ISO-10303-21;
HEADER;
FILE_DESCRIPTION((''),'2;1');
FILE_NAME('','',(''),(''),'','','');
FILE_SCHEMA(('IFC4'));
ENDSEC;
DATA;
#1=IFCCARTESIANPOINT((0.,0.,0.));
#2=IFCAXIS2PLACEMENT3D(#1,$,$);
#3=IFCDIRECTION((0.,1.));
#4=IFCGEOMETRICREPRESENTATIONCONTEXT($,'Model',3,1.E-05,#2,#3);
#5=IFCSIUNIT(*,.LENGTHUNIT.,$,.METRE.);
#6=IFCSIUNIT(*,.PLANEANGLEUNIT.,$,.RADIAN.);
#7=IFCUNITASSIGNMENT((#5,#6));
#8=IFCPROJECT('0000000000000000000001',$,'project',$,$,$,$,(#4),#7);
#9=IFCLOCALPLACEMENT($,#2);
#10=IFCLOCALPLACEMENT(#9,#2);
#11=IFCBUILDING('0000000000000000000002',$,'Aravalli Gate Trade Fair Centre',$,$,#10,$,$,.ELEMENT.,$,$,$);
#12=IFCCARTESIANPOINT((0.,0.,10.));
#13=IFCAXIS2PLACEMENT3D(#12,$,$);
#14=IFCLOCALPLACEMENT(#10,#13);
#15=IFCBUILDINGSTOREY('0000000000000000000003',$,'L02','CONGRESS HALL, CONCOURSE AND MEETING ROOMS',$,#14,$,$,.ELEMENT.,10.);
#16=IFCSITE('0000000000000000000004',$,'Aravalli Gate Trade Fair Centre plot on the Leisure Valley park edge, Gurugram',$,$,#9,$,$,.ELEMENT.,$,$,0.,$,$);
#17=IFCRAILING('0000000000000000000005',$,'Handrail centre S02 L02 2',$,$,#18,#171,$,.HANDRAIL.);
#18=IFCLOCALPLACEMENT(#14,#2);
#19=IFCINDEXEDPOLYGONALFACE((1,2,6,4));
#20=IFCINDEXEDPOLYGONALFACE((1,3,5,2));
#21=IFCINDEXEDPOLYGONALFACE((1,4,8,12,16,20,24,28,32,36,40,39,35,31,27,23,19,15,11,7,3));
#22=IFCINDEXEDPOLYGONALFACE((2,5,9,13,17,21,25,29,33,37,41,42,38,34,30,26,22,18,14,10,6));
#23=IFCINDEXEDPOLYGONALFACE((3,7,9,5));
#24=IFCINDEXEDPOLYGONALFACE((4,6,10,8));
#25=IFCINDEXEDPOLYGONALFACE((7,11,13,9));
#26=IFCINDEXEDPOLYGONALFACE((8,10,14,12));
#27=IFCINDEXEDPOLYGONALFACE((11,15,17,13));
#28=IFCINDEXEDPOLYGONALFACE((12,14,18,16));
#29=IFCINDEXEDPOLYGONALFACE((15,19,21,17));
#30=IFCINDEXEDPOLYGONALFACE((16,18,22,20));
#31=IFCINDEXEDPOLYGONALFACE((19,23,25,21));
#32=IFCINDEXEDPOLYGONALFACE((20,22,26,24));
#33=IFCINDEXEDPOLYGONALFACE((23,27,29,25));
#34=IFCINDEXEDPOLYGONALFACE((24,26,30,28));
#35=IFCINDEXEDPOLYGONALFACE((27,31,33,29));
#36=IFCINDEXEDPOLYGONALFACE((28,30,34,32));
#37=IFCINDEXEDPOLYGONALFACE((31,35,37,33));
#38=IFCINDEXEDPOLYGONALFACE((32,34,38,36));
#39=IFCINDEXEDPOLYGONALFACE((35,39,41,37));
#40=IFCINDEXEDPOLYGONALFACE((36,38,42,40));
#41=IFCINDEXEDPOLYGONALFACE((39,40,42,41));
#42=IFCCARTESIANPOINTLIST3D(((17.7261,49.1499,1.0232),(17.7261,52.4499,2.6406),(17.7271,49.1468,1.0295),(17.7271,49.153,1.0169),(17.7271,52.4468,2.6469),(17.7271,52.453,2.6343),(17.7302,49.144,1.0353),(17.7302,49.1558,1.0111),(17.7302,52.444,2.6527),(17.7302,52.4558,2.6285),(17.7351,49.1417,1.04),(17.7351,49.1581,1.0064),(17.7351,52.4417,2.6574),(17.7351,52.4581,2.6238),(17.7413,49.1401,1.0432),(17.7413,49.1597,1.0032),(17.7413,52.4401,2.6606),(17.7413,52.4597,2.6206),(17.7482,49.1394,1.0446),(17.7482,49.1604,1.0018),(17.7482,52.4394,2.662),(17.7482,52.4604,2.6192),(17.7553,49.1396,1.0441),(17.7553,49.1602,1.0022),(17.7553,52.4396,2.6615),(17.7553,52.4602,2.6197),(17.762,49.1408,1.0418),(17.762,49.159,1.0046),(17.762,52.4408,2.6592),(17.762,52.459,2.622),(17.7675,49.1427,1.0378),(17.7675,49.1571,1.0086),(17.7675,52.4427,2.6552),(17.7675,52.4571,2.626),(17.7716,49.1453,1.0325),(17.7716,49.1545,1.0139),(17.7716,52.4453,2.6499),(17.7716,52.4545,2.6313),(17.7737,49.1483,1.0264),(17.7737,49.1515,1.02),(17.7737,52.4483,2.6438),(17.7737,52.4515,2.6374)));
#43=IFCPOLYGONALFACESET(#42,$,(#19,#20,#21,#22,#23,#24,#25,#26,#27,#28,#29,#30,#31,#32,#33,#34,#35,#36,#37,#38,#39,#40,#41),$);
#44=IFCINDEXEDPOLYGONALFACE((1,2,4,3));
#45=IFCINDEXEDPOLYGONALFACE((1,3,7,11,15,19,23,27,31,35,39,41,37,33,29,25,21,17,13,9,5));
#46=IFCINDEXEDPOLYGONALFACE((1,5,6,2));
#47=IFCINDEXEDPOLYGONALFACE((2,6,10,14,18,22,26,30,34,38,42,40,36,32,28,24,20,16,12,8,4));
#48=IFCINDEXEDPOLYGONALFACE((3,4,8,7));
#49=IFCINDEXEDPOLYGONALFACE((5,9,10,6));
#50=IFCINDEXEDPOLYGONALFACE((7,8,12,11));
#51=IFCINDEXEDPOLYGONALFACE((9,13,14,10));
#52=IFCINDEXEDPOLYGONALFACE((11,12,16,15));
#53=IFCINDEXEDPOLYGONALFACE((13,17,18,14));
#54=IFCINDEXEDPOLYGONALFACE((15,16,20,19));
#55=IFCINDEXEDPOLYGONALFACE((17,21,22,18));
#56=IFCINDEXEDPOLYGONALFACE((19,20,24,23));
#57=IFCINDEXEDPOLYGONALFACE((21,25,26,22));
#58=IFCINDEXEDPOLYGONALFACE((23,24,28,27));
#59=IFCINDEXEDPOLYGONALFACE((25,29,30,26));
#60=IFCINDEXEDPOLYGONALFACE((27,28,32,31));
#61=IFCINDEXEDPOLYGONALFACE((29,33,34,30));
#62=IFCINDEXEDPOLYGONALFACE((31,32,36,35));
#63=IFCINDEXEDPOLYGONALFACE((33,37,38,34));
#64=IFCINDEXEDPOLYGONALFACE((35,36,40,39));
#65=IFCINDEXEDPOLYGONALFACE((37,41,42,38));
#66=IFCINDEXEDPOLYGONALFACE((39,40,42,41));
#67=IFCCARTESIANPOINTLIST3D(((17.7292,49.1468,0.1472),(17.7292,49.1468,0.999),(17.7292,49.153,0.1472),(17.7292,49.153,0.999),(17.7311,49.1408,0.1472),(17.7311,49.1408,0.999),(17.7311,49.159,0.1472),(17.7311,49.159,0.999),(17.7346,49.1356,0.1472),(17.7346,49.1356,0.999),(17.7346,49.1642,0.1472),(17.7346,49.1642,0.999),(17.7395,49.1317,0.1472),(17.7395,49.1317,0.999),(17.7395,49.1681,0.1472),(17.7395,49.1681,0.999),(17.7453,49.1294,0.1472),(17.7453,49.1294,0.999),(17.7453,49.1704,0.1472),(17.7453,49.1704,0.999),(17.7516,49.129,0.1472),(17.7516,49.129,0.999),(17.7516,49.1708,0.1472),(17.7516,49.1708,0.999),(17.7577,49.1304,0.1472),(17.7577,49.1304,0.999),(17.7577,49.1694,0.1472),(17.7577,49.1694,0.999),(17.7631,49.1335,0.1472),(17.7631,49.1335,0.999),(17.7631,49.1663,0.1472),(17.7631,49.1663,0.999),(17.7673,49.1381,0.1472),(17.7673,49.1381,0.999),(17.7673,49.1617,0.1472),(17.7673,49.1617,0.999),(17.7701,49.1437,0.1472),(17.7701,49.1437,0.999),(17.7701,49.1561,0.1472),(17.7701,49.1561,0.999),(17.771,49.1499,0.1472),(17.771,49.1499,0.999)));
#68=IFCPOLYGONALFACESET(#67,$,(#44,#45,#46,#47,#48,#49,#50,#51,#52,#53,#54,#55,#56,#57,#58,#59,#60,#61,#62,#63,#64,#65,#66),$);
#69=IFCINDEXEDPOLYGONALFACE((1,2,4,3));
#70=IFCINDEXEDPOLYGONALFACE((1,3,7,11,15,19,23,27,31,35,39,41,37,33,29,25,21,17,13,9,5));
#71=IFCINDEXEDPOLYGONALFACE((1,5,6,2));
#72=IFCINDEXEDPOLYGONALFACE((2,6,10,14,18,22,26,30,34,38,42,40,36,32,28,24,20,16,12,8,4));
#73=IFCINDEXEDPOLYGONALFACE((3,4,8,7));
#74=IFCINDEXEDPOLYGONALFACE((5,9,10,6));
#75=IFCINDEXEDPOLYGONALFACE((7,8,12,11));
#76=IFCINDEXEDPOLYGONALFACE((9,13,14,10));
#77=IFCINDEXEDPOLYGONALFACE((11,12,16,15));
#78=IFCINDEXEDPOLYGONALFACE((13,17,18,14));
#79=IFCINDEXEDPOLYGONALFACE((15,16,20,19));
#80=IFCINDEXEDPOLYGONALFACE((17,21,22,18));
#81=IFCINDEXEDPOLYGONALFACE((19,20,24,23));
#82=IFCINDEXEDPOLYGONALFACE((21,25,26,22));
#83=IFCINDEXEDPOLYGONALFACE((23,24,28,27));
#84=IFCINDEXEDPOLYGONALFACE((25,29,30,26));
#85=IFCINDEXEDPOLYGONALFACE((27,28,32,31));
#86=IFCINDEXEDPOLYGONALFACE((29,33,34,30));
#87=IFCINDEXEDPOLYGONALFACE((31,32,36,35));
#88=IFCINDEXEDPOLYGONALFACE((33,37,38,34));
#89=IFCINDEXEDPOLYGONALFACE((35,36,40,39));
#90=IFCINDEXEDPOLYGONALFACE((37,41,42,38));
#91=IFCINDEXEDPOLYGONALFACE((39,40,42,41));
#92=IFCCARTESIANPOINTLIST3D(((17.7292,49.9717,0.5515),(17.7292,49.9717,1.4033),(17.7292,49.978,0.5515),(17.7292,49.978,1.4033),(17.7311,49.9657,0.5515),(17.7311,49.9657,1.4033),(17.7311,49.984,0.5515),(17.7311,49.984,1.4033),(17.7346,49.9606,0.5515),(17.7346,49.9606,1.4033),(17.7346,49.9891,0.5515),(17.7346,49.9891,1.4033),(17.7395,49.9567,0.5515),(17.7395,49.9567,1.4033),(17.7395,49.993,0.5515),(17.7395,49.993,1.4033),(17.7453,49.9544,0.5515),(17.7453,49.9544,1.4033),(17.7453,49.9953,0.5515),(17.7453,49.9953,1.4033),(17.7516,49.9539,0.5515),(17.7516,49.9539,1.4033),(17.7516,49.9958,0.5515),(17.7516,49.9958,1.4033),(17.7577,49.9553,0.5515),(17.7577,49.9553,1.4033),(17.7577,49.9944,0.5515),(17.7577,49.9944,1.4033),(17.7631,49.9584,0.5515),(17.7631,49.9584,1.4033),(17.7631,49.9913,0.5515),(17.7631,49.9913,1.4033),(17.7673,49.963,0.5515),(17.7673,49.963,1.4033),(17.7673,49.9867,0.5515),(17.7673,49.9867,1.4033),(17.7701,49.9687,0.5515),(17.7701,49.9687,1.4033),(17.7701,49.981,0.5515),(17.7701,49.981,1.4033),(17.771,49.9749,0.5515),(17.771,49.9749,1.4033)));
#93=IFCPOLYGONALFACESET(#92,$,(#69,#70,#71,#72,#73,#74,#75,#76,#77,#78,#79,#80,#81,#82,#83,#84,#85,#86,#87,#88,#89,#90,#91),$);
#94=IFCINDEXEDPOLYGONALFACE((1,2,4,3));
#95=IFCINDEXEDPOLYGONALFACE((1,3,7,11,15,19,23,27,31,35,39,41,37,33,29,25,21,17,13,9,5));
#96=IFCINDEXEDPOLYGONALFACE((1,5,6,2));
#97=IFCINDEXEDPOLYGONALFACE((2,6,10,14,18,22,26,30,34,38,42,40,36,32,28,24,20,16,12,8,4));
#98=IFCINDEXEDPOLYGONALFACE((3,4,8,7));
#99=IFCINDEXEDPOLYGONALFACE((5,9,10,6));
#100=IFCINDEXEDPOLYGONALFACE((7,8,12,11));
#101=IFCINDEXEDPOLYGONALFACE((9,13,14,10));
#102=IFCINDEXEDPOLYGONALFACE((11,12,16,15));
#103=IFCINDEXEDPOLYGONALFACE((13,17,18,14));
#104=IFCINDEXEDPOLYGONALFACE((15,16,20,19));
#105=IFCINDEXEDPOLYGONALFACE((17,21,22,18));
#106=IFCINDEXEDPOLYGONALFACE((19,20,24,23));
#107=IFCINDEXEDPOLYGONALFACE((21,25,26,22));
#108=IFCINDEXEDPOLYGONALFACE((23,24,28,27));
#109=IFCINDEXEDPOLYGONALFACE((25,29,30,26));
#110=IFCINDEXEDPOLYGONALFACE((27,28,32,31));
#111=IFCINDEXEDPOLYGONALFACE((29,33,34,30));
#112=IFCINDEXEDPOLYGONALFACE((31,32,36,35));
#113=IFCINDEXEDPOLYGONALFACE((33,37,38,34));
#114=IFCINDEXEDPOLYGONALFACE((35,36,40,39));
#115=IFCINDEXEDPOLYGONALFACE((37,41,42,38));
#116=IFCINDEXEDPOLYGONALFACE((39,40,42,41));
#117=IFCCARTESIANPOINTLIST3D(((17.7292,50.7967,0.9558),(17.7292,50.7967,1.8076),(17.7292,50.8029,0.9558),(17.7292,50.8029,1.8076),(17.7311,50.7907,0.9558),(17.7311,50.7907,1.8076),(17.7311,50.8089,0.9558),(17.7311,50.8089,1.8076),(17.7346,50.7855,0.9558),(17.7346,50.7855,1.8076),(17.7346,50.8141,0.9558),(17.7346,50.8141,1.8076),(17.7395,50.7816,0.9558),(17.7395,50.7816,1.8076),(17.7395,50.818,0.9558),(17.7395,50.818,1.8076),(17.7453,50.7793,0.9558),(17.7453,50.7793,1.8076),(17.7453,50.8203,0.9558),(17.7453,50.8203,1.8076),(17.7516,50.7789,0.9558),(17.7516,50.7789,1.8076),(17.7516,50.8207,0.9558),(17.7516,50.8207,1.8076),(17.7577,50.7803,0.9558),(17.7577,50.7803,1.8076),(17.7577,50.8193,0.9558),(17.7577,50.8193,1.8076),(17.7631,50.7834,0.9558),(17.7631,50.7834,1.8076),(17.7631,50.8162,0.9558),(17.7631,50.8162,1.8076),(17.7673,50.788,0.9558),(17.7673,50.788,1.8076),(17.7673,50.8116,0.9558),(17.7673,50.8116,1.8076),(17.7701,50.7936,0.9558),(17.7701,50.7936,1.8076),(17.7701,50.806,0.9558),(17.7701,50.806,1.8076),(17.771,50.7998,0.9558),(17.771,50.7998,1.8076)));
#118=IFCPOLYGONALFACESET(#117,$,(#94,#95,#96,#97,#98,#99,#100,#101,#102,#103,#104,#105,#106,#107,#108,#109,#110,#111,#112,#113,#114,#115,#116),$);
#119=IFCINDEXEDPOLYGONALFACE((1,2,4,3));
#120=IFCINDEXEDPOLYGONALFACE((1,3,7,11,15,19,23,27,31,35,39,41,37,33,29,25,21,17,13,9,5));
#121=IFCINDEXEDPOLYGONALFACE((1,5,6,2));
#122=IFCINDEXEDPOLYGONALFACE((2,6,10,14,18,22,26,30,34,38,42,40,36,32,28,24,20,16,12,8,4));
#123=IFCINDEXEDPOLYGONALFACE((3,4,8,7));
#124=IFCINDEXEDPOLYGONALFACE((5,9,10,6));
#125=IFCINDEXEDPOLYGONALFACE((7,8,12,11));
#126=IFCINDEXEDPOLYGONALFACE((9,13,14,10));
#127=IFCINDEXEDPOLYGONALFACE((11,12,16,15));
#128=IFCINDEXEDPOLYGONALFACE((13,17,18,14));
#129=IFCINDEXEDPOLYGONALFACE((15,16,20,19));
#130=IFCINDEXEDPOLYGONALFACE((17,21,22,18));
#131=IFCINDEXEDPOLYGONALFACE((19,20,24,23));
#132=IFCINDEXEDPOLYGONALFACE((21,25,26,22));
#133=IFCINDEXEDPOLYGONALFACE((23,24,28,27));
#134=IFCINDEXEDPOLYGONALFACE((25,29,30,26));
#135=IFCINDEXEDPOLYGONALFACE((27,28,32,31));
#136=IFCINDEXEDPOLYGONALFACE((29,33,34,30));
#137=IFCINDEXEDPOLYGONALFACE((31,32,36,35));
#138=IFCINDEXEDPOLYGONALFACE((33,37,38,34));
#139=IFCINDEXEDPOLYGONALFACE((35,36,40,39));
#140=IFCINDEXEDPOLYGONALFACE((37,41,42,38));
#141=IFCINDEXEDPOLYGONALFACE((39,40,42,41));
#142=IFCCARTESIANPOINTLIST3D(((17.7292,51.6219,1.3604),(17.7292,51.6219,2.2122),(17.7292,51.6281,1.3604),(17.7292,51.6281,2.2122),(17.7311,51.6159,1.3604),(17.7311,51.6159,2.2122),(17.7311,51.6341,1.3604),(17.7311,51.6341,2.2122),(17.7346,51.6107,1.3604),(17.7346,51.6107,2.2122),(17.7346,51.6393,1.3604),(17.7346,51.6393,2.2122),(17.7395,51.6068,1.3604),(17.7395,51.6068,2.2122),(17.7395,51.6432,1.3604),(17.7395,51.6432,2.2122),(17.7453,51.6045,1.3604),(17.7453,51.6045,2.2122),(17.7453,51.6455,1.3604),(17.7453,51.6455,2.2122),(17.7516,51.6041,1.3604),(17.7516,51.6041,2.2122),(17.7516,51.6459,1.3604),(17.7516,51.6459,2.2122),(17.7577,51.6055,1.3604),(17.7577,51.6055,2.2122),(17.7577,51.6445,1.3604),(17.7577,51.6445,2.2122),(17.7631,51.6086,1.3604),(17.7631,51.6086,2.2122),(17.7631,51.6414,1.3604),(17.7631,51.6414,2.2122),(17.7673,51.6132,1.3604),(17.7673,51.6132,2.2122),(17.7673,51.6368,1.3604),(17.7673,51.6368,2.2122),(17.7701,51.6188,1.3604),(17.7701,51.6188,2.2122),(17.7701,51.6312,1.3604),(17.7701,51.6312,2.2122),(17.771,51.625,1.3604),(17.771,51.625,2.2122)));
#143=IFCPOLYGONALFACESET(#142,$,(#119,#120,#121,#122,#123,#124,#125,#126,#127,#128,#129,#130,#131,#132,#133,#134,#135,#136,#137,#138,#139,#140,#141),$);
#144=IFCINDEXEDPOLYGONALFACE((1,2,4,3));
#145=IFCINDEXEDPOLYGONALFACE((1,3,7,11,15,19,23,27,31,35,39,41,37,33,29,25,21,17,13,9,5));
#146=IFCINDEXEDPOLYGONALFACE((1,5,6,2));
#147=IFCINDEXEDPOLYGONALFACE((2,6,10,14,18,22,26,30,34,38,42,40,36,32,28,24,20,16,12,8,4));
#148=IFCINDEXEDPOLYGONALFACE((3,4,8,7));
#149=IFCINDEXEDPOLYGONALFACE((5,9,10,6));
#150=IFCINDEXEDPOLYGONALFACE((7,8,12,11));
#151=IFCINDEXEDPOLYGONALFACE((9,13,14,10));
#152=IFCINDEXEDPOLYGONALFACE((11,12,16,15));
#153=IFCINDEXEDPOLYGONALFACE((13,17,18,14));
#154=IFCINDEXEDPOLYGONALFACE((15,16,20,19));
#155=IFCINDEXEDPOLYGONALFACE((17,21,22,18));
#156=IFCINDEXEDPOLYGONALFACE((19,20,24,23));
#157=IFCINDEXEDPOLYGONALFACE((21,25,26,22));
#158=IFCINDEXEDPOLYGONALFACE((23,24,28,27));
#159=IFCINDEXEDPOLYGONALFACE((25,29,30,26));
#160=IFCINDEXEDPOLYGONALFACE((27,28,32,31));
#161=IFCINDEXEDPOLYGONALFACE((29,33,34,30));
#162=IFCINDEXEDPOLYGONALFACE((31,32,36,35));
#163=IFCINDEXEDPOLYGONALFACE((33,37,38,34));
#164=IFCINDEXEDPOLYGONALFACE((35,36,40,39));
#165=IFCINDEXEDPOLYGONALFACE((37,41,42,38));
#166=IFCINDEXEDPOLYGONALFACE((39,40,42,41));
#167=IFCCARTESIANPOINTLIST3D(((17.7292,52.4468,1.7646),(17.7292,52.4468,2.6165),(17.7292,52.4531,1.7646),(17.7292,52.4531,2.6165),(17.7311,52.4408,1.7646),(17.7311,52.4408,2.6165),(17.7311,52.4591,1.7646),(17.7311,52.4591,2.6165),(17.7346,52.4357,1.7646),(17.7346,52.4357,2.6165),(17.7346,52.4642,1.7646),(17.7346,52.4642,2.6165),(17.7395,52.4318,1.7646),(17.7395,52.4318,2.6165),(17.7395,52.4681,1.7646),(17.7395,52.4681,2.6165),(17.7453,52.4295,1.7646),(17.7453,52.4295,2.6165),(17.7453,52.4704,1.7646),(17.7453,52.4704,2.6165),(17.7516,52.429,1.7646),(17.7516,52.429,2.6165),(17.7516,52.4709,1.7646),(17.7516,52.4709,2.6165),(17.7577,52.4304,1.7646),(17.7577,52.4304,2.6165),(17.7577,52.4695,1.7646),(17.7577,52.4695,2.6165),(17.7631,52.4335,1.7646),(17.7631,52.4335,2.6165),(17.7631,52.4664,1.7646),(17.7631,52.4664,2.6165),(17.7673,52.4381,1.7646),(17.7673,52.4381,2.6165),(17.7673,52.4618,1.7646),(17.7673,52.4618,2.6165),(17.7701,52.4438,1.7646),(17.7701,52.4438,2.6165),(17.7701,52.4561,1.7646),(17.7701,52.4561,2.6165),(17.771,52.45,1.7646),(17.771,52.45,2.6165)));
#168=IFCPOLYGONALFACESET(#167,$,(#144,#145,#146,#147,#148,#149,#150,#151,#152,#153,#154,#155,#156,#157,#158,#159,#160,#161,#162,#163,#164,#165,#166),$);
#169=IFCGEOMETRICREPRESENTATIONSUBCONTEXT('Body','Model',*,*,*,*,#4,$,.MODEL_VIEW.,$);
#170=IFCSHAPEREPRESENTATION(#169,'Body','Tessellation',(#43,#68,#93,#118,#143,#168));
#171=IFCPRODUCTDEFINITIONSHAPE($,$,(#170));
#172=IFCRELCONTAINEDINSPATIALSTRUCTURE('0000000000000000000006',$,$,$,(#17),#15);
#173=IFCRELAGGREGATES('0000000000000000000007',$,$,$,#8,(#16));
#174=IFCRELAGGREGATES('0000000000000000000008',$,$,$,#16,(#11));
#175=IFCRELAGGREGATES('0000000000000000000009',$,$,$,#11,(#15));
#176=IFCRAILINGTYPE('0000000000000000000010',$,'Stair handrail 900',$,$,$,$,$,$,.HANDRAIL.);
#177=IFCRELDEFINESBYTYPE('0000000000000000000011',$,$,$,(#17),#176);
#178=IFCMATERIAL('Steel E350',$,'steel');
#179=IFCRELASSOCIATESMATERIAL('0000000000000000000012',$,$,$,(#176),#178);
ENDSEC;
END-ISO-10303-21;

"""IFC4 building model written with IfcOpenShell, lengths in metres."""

from ifc_helpers import new_model, si_unit, direction, frame, origin, origin_2d, place, context, subcontext, project, spatial, circle, extrude, material, type_object, element, save


model = new_model("IFC4")

# Units and contexts
model_context = context("Model", 3, precision=1e-05, world=origin(), true_north=direction((0.0, 1.0)))
body_context = subcontext(model_context, "Body", "Model", "MODEL_VIEW")
ifc_project = project(units=[si_unit("LENGTHUNIT", "METRE"), si_unit("PLANEANGLEUNIT", "RADIAN")], contexts=[model_context])

# Site, building, storey
site_placement = place(None, origin())
site = spatial("IfcSite", under=ifc_project, at=site_placement, Name="Aravalli Gate Trade Fair Centre plot on the Leisure Valley park edge, Gurugram", CompositionType="ELEMENT", RefElevation=0.0)
building_placement = place(site_placement, origin())
building = spatial("IfcBuilding", under=site, at=building_placement, Name="Aravalli Gate Trade Fair Centre", CompositionType="ELEMENT")
storey_placement = place(building_placement, frame((0.0, 0.0, 10.0)))
storey = spatial("IfcBuildingStorey", under=building, at=storey_placement, Name="L02", Description="CONGRESS HALL, CONCOURSE AND MEETING ROOMS", CompositionType="ELEMENT", Elevation=10.0)

# Shared definitions
ifc_material_1 = material(Name="Steel E350", Category="steel")

# Railing
railing_type_1 = type_object("IfcRailingType", Name="Stair handrail 900", PredefinedType="HANDRAIL", material=ifc_material_1)
for number, where, name in (
    (1, (17.75, 49.1499, 0.1472), "Handrail centre S02 L02 2"),
):
    element("IfcRailing", number, at=place(storey_placement, frame(where)), inside=storey, type_object=railing_type_1, Name=name, PredefinedType="HANDRAIL", context=body_context, shape_type="SweptSolid", body=[
        extrude(circle(Radius=0.0239, at=origin_2d()), frame((0.0, 0.0, 0.876), z_axis=(0.0, 0.897946, 0.440105), x_axis=(-1.0, 0.0, 0.0)), (0.0, 0.0, 1.0), 3.675),
        extrude(circle(Radius=0.021, at=origin_2d()), origin(), (0.0, 0.0, 1.0), 0.8518),
        extrude(circle(Radius=0.021, at=origin_2d()), frame((0.0, 0.825, 0.4043)), (0.0, 0.0, 1.0), 0.8518),
        extrude(circle(Radius=0.021, at=origin_2d()), frame((0.0, 1.6499, 0.8086)), (0.0, 0.0, 1.0), 0.8518),
        extrude(circle(Radius=0.021, at=origin_2d()), frame((0.0, 2.4751, 1.2131)), (0.0, 0.0, 1.0), 0.8518),
        extrude(circle(Radius=0.021, at=origin_2d()), frame((0.0, 3.3, 1.6174)), (0.0, 0.0, 1.0), 0.8518),
    ])

save(model, "model.ifc")
